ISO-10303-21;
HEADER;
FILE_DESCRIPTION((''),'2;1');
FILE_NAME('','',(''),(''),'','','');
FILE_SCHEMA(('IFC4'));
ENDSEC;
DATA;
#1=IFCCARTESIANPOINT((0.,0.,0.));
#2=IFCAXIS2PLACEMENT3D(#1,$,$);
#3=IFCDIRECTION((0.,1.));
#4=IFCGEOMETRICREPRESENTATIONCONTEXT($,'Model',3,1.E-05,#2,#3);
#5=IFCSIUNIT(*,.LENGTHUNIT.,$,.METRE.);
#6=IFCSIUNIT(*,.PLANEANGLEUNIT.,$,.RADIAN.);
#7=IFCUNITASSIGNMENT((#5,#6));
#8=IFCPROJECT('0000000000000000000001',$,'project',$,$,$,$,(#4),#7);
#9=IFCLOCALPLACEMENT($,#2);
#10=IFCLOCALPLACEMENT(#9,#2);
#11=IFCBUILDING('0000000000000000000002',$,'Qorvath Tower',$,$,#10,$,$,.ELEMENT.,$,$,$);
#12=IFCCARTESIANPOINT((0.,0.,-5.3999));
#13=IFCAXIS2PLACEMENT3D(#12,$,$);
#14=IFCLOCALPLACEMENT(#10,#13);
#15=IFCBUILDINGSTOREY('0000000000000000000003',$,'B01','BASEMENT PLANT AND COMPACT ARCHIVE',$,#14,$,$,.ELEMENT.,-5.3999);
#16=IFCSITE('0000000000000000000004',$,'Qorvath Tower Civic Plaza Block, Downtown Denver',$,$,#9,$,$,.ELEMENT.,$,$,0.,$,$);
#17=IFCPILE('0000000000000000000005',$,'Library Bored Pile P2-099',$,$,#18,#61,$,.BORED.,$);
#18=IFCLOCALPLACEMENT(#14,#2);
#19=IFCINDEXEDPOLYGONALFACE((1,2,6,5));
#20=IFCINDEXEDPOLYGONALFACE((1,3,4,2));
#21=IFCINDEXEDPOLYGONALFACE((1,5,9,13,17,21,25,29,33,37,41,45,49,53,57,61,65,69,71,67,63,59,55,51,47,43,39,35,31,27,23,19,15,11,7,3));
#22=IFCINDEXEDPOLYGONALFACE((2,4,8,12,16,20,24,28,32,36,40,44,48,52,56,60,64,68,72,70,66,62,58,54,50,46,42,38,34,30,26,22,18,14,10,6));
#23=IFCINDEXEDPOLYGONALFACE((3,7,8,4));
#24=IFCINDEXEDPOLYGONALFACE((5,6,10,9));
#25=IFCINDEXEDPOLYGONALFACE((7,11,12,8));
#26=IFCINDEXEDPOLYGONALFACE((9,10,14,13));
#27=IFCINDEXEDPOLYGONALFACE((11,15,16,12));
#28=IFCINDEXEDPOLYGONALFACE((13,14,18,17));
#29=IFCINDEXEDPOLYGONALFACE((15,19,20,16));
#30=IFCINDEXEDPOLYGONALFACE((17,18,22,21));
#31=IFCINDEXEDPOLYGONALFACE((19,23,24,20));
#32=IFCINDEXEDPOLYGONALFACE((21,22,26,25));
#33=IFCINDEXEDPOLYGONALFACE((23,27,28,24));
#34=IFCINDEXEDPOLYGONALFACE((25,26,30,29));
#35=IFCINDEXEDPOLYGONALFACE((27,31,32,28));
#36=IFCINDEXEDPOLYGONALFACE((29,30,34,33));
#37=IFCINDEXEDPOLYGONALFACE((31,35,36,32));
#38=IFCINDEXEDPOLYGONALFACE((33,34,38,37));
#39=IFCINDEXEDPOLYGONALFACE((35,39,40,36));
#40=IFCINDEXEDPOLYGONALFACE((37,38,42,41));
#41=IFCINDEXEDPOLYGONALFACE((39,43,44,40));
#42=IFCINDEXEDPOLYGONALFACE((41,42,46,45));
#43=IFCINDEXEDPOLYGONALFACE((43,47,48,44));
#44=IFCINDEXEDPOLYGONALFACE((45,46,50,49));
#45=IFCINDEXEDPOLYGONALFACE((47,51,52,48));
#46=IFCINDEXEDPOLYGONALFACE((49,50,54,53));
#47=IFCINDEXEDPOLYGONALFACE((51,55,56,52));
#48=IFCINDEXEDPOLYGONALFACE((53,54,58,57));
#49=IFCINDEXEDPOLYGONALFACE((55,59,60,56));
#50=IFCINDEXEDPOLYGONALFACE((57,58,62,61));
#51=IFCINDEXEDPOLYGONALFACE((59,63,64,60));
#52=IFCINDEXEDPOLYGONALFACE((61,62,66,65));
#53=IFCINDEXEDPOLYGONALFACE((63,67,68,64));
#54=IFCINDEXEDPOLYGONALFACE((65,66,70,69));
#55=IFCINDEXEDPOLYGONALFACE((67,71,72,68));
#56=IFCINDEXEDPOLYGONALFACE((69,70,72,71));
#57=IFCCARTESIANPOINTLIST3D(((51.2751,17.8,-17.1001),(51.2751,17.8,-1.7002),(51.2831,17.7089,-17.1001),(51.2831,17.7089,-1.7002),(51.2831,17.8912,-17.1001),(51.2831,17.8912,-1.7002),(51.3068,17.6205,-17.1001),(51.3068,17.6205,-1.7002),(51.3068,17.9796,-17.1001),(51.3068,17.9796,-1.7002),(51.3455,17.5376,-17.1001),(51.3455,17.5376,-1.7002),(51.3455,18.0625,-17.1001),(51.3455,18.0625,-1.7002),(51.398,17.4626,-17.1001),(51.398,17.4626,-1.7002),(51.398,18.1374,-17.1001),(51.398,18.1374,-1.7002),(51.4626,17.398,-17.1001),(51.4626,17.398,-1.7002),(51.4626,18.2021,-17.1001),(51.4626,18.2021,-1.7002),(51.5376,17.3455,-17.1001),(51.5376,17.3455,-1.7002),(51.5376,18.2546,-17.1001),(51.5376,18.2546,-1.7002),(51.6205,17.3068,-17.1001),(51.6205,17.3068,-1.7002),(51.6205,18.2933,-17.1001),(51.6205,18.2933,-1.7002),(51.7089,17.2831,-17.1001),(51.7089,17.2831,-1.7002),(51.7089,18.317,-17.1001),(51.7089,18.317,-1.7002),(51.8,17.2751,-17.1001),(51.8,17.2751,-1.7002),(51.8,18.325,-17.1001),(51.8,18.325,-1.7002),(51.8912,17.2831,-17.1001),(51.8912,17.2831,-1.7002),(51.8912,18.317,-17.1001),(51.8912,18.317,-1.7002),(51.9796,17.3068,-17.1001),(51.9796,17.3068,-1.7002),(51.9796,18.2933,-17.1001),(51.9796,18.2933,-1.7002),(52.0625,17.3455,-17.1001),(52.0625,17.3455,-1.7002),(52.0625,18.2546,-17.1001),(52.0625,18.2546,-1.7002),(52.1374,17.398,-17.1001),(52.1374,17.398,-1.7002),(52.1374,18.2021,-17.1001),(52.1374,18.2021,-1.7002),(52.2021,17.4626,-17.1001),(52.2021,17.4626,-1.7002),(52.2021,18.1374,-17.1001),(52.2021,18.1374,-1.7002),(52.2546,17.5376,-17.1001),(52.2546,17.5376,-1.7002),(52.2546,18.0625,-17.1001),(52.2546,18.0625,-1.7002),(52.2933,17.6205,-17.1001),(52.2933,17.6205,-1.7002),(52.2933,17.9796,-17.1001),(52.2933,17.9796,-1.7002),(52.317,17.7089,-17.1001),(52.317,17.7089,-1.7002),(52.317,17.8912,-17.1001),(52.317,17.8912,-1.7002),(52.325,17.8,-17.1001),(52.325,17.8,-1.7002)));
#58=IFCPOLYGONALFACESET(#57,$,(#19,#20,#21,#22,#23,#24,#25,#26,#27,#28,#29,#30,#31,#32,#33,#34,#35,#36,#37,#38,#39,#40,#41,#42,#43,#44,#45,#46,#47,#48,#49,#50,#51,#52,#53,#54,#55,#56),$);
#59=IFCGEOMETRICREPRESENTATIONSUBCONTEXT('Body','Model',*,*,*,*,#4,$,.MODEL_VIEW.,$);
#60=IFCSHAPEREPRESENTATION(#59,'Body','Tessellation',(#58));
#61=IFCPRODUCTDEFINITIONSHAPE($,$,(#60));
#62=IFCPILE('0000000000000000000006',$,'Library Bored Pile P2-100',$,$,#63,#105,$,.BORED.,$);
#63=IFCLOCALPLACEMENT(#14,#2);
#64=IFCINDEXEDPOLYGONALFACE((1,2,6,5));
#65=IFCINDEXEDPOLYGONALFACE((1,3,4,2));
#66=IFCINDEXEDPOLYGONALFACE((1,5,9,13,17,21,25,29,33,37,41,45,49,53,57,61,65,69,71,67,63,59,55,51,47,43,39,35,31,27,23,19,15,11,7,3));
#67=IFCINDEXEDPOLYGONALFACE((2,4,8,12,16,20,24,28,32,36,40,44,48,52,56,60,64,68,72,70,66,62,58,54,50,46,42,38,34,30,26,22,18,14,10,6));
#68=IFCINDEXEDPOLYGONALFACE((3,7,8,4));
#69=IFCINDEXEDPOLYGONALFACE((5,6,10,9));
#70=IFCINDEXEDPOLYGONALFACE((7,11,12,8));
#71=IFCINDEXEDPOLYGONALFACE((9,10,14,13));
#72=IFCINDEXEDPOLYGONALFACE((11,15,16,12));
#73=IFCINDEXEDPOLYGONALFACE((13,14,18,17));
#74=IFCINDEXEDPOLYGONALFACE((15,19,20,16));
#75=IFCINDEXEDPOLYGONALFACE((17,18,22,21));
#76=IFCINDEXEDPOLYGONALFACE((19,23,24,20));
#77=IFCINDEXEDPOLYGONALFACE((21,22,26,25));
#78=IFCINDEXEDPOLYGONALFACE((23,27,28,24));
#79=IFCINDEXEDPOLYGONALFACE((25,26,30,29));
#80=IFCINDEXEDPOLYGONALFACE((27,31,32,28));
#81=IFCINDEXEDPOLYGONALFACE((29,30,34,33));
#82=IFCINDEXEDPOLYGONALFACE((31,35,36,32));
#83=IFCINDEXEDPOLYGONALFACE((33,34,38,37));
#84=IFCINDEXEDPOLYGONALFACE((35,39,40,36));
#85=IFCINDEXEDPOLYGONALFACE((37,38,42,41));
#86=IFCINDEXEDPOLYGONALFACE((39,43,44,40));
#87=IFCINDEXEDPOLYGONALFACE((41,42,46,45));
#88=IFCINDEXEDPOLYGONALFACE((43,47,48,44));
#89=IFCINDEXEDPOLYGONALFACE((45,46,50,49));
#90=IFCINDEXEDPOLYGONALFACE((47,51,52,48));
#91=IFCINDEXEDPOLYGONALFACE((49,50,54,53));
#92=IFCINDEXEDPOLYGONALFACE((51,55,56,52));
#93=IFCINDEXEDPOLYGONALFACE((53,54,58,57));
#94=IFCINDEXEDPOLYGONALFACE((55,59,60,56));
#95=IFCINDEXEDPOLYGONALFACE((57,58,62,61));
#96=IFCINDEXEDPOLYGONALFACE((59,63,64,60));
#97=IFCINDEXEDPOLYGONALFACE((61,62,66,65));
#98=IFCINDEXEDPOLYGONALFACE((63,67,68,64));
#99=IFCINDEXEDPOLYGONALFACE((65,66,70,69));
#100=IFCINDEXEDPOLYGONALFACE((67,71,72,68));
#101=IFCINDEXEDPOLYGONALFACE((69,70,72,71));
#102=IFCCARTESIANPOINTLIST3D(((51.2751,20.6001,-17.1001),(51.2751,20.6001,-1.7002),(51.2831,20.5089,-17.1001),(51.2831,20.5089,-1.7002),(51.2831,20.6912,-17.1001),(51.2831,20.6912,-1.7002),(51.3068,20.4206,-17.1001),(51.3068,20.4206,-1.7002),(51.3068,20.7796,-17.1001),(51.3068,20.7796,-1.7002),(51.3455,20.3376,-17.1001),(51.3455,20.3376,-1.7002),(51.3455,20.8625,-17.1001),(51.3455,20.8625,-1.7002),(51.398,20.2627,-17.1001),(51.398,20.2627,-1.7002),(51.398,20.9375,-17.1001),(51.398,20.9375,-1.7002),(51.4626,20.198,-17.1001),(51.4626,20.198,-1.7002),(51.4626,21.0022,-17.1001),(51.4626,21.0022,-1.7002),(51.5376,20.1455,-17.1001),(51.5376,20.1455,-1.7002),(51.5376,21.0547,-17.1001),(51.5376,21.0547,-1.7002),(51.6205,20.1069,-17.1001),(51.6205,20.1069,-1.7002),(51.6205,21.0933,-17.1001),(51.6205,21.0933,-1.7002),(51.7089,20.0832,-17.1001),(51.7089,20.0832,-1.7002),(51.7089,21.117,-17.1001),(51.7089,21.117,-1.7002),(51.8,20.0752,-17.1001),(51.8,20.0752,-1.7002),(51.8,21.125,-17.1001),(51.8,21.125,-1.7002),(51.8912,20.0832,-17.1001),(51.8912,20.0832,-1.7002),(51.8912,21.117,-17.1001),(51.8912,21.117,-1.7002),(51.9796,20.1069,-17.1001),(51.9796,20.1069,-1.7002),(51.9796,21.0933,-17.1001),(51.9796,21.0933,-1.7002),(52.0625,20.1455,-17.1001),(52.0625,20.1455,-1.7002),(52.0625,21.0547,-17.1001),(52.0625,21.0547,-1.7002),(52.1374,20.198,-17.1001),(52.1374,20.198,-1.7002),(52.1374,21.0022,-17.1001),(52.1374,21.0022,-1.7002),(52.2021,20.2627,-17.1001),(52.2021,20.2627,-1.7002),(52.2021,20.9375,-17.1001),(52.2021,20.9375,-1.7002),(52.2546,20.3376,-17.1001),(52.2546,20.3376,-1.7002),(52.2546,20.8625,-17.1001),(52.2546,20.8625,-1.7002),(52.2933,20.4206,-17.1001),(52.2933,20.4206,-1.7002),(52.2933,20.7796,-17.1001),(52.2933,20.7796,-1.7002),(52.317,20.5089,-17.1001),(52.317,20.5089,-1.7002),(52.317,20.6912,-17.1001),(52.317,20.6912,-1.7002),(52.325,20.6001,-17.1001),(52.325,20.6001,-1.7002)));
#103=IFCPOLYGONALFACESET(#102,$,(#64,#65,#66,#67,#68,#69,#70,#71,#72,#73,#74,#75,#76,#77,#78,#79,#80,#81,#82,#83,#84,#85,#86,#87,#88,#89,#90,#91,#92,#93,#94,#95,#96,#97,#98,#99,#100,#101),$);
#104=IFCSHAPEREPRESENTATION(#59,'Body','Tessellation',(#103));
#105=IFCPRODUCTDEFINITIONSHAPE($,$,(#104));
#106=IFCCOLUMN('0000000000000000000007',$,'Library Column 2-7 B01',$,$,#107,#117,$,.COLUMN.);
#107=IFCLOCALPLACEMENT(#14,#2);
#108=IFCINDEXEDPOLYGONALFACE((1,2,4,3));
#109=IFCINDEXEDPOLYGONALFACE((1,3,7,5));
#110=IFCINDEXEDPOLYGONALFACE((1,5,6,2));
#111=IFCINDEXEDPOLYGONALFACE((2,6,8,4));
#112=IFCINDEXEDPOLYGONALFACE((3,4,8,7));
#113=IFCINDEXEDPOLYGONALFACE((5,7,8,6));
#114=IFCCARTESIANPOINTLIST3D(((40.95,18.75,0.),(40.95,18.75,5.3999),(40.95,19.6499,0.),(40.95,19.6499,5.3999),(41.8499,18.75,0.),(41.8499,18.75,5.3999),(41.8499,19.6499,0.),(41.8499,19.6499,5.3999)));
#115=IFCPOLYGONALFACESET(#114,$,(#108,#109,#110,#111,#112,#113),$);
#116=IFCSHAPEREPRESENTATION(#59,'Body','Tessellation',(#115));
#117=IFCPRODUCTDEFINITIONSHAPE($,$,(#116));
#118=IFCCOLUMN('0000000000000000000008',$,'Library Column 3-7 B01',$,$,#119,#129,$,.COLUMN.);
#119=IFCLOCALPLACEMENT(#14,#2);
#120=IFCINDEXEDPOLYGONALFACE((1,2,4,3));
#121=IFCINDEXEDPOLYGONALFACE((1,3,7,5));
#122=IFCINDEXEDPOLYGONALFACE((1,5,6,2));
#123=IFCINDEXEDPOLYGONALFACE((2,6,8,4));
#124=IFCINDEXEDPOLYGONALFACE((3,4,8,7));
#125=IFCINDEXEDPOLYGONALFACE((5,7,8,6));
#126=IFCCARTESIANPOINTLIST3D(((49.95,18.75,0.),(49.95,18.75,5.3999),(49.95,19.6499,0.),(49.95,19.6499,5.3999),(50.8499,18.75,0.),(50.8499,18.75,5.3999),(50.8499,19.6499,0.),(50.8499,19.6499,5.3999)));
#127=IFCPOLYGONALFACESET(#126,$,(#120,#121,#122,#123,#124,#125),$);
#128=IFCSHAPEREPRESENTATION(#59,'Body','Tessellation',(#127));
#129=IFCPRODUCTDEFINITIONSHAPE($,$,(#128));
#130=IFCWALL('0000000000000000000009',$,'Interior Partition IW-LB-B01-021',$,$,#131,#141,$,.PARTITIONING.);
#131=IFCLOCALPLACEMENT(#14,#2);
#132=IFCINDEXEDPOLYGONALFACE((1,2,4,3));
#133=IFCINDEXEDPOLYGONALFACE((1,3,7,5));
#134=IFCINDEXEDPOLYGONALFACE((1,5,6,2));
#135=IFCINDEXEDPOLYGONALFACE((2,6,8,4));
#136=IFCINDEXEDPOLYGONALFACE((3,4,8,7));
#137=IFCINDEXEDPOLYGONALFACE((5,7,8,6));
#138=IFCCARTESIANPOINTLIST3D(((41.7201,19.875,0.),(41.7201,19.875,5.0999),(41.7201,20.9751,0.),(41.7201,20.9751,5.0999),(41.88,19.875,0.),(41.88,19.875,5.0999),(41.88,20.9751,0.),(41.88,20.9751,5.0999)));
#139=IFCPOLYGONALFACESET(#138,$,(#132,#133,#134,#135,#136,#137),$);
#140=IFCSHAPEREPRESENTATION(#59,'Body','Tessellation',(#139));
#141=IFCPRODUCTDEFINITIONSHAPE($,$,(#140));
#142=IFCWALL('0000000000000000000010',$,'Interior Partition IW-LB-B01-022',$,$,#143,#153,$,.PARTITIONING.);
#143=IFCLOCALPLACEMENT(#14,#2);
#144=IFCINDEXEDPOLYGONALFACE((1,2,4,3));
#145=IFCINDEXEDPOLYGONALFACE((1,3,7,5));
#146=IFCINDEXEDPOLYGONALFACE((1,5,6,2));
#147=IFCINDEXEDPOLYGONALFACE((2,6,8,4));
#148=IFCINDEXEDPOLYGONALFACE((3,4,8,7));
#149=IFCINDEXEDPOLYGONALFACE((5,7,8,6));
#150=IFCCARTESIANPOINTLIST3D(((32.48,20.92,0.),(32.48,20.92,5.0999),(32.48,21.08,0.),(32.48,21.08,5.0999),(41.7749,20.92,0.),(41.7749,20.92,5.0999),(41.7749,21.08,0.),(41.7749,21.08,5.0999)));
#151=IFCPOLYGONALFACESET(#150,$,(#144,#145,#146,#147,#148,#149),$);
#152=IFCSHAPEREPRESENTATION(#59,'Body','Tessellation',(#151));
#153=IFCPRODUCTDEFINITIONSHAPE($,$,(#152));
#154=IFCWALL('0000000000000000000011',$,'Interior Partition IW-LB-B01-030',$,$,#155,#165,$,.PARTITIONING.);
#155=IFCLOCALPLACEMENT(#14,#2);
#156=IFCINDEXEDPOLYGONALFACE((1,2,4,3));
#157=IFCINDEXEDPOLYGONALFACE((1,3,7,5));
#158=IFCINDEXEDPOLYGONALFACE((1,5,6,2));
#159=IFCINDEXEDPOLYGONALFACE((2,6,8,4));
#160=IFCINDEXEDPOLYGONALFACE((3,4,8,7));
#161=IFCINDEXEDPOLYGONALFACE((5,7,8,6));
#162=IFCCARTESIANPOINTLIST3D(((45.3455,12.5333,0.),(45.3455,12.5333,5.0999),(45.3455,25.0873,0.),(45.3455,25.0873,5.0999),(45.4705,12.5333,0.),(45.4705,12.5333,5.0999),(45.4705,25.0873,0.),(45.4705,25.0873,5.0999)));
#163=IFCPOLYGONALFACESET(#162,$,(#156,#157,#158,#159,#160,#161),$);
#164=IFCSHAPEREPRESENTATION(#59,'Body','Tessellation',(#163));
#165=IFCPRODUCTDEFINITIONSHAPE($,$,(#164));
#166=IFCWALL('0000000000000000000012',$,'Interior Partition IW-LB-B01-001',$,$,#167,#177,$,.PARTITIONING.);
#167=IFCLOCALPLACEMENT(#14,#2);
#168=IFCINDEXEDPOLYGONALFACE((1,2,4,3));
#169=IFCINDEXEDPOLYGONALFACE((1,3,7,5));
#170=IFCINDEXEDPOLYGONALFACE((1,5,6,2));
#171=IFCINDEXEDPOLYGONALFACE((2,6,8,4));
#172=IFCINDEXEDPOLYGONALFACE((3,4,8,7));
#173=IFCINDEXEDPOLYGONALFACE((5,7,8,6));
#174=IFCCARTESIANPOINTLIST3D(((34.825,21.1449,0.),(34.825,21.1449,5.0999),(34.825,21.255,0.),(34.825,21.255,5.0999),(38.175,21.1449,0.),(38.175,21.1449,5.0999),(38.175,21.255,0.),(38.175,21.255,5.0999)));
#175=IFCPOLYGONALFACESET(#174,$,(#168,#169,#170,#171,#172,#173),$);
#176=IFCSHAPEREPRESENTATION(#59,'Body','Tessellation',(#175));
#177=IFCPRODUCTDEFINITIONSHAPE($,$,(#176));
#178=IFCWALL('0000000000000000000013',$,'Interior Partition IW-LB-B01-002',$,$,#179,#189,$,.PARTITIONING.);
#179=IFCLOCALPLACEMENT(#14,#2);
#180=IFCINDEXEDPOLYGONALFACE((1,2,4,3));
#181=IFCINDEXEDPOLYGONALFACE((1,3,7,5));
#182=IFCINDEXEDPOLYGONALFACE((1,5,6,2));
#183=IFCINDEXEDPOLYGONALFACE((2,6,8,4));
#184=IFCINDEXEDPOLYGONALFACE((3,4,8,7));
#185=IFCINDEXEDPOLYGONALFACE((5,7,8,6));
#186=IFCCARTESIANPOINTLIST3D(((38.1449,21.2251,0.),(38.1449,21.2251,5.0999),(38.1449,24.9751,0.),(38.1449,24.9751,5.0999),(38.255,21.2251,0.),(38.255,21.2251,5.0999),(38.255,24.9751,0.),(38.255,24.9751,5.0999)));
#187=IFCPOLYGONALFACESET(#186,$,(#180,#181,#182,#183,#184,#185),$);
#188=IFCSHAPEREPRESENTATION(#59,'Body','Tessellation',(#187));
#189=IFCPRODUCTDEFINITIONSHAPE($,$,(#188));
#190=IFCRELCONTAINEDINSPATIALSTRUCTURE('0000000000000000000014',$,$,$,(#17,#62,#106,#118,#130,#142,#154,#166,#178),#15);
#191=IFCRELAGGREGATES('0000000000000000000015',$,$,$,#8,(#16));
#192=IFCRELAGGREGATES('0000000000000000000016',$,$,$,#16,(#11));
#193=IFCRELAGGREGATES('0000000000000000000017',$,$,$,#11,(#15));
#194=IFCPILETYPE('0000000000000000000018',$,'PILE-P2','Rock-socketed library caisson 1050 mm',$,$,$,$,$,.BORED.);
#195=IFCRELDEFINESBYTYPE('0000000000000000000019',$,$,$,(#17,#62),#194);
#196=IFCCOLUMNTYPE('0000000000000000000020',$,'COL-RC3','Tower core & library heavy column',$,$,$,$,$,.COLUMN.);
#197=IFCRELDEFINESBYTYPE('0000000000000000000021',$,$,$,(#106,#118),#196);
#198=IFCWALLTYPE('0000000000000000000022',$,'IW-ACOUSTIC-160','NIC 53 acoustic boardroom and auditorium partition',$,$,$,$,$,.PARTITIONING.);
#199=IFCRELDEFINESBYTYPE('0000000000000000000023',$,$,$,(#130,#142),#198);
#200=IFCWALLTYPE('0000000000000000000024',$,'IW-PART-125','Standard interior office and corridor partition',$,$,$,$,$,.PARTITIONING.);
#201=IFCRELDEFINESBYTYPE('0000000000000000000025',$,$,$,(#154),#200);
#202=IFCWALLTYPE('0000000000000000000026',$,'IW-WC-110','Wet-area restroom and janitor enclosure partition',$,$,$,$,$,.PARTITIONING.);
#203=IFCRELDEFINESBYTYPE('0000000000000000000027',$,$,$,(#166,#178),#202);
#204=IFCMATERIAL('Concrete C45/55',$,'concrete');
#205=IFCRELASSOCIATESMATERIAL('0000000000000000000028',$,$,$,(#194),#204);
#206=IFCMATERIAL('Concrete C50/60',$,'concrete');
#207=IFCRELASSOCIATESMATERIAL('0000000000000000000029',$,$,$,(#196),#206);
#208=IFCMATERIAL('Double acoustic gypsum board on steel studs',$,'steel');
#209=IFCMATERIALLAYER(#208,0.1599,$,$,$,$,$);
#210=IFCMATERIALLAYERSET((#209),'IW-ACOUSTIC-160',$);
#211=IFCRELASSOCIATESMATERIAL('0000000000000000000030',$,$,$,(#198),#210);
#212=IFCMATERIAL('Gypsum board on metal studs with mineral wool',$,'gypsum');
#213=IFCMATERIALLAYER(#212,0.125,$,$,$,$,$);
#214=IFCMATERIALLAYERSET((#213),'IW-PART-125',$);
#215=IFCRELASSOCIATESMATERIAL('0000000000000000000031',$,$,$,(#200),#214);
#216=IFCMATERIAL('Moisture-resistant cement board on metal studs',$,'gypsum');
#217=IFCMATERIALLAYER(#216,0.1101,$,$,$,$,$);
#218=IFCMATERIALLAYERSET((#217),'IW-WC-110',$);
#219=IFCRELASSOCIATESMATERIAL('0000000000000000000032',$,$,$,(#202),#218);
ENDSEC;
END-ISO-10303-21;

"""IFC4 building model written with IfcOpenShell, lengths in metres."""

from ifc_helpers import new_model, si_unit, direction, frame, frame_2d, origin, origin_2d, place, context, subcontext, project, spatial, rectangle, circle, extrude, material, layer, layer_set, material_profile, profile_set, type_object, element, save


model = new_model("IFC4")

# Units and contexts
model_context = context("Model", 3, precision=1e-05, world=origin(), true_north=direction((0.0, 1.0)))
body_context = subcontext(model_context, "Body", "Model", "MODEL_VIEW")
ifc_project = project(units=[si_unit("LENGTHUNIT", "METRE"), si_unit("PLANEANGLEUNIT", "RADIAN")], contexts=[model_context])

# Site, building, storey
site_placement = place(None, origin())
site = spatial("IfcSite", under=ifc_project, at=site_placement, Name="Qorvath Tower Civic Plaza Block, Downtown Denver", CompositionType="ELEMENT", RefElevation=0.0)
building_placement = place(site_placement, origin())
building = spatial("IfcBuilding", under=site, at=building_placement, Name="Qorvath Tower", CompositionType="ELEMENT")
storey_placement = place(building_placement, frame((0.0, 0.0, -5.3999)))
storey = spatial("IfcBuildingStorey", under=building, at=storey_placement, Name="B01", Description="BASEMENT PLANT AND COMPACT ARCHIVE", CompositionType="ELEMENT", Elevation=-5.3999)

# Piles
ifc_material_1 = material(Name="Concrete C45/55", Category="concrete")
ifc_material_profile_1 = material_profile(ifc_material_1, circle(Radius=0.5249, at=origin_2d()), Name="BORED PILE 1050")
ifc_profile_set_1 = profile_set([ifc_material_profile_1], Name="Concrete C45/55")
pile_type = type_object("IfcPileType", Name="PILE-P2", Description="Rock-socketed library caisson 1050 mm", PredefinedType="BORED", material=ifc_profile_set_1)
for number, where, z_axis, x_axis, name in (
    (1, (51.8, 17.8, -1.7002), (0.0, 0.0, -1.0), (1.0, 0.0, 0.0), "Library Bored Pile P2-099"),
    (2, (51.8, 20.6001, -1.7002), (0.0, 0.0, -1.0), (1.0, 0.0, 0.0), "Library Bored Pile P2-100"),
):
    element("IfcPile", number, at=place(storey_placement, frame(where, z_axis=z_axis, x_axis=x_axis)), inside=storey, type_object=pile_type, Name=name, PredefinedType="BORED", context=body_context, shape_type="SweptSolid", body=[
        extrude(circle(Radius=0.5249, at=origin_2d()), origin(), (0.0, 0.0, 1.0), 15.3999),
    ])

# Columns
ifc_material_2 = material(Name="Concrete C50/60", Category="concrete")
ifc_material_profile_2 = material_profile(ifc_material_2, rectangle(XDim=0.8999, YDim=0.8999, at=origin_2d()), Name="RC 900x900")
ifc_profile_set_2 = profile_set([ifc_material_profile_2], Name="Concrete C50/60")
column_type = type_object("IfcColumnType", Name="COL-RC3", Description="Tower core & library heavy column", PredefinedType="COLUMN", material=ifc_profile_set_2)
for number, where, z_axis, x_axis, name in (
    (3, (41.3999, 19.2, 0.0), (0.0, 0.0, 1.0), (1.0, 0.0, 0.0), "Library Column 2-7 B01"),
    (4, (50.3999, 19.2, 0.0), (0.0, 0.0, 1.0), (1.0, 0.0, 0.0), "Library Column 3-7 B01"),
):
    element("IfcColumn", number, at=place(storey_placement, frame(where, z_axis=z_axis, x_axis=x_axis)), inside=storey, type_object=column_type, Name=name, PredefinedType="COLUMN", context=body_context, shape_type="SweptSolid", body=[
        extrude(rectangle(XDim=0.8999, YDim=0.8999, at=origin_2d()), origin(), (0.0, 0.0, 1.0), 5.3999),
    ])

# Walls
ifc_material_3 = material(Name="Double acoustic gypsum board on steel studs", Category="steel")
ifc_layer_1 = layer(ifc_material_3, 0.1599)
ifc_layer_set_1 = layer_set([ifc_layer_1], Name="IW-ACOUSTIC-160")
wall_type_1 = type_object("IfcWallType", Name="IW-ACOUSTIC-160", Description="NIC 53 acoustic boardroom and auditorium partition", PredefinedType="PARTITIONING", material=ifc_layer_set_1)
wall_1_placement = place(storey_placement, frame((41.8, 19.875, 0.0), z_axis=(0.0, 0.0, 1.0), x_axis=(0.0, 1.0, 0.0)))
element("IfcWall", 5, at=wall_1_placement, inside=storey, type_object=wall_type_1, Name="Interior Partition IW-LB-B01-021", PredefinedType="PARTITIONING", context=body_context, shape_type="SweptSolid", body=[
    extrude(rectangle(XDim=1.1001, YDim=0.1599, at=frame_2d((0.55, 0.0))), origin(), (0.0, 0.0, 1.0), 5.0999),
])
wall_2_placement = place(storey_placement, frame((41.7749, 21.0, 0.0), z_axis=(0.0, 0.0, 1.0), x_axis=(-1.0, 0.0, 0.0)))
element("IfcWall", 6, at=wall_2_placement, inside=storey, type_object=wall_type_1, Name="Interior Partition IW-LB-B01-022", PredefinedType="PARTITIONING", context=body_context, shape_type="SweptSolid", body=[
    extrude(rectangle(XDim=9.2949, YDim=0.1599, at=frame_2d((4.6475, 0.0))), origin(), (0.0, 0.0, 1.0), 5.0999),
])
ifc_material_4 = material(Name="Gypsum board on metal studs with mineral wool", Category="gypsum")
ifc_layer_2 = layer(ifc_material_4, 0.125)
ifc_layer_set_2 = layer_set([ifc_layer_2], Name="IW-PART-125")
wall_type_2 = type_object("IfcWallType", Name="IW-PART-125", Description="Standard interior office and corridor partition", PredefinedType="PARTITIONING", material=ifc_layer_set_2)
wall_3_placement = place(storey_placement, frame((45.408, 25.0872, 0.0), z_axis=(0.0, 0.0, 1.0), x_axis=(0.0, -1.0, 0.0)))
element("IfcWall", 7, at=wall_3_placement, inside=storey, type_object=wall_type_2, Name="Interior Partition IW-LB-B01-030", PredefinedType="PARTITIONING", context=body_context, shape_type="SweptSolid", body=[
    extrude(rectangle(XDim=12.554, YDim=0.125, at=frame_2d((6.2769, 0.0))), origin(), (0.0, 0.0, 1.0), 5.0999),
])
ifc_material_5 = material(Name="Moisture-resistant cement board on metal studs", Category="gypsum")
ifc_layer_3 = layer(ifc_material_5, 0.1101)
ifc_layer_set_3 = layer_set([ifc_layer_3], Name="IW-WC-110")
wall_type_3 = type_object("IfcWallType", Name="IW-WC-110", Description="Wet-area restroom and janitor enclosure partition", PredefinedType="PARTITIONING", material=ifc_layer_set_3)
wall_4_placement = place(storey_placement, frame((34.825, 21.2, 0.0), z_axis=(0.0, 0.0, 1.0), x_axis=(1.0, 0.0, 0.0)))
element("IfcWall", 8, at=wall_4_placement, inside=storey, type_object=wall_type_3, Name="Interior Partition IW-LB-B01-001", PredefinedType="PARTITIONING", context=body_context, shape_type="SweptSolid", body=[
    extrude(rectangle(XDim=3.3501, YDim=0.1101, at=frame_2d((1.675, 0.0))), origin(), (0.0, 0.0, 1.0), 5.0999),
])
wall_5_placement = place(storey_placement, frame((38.2, 21.2251, 0.0), z_axis=(0.0, 0.0, 1.0), x_axis=(0.0, 1.0, 0.0)))
element("IfcWall", 9, at=wall_5_placement, inside=storey, type_object=wall_type_3, Name="Interior Partition IW-LB-B01-002", PredefinedType="PARTITIONING", context=body_context, shape_type="SweptSolid", body=[
    extrude(rectangle(XDim=3.75, YDim=0.1101, at=frame_2d((1.875, 0.0))), origin(), (0.0, 0.0, 1.0), 5.0999),
])

save(model, "model.ifc")
